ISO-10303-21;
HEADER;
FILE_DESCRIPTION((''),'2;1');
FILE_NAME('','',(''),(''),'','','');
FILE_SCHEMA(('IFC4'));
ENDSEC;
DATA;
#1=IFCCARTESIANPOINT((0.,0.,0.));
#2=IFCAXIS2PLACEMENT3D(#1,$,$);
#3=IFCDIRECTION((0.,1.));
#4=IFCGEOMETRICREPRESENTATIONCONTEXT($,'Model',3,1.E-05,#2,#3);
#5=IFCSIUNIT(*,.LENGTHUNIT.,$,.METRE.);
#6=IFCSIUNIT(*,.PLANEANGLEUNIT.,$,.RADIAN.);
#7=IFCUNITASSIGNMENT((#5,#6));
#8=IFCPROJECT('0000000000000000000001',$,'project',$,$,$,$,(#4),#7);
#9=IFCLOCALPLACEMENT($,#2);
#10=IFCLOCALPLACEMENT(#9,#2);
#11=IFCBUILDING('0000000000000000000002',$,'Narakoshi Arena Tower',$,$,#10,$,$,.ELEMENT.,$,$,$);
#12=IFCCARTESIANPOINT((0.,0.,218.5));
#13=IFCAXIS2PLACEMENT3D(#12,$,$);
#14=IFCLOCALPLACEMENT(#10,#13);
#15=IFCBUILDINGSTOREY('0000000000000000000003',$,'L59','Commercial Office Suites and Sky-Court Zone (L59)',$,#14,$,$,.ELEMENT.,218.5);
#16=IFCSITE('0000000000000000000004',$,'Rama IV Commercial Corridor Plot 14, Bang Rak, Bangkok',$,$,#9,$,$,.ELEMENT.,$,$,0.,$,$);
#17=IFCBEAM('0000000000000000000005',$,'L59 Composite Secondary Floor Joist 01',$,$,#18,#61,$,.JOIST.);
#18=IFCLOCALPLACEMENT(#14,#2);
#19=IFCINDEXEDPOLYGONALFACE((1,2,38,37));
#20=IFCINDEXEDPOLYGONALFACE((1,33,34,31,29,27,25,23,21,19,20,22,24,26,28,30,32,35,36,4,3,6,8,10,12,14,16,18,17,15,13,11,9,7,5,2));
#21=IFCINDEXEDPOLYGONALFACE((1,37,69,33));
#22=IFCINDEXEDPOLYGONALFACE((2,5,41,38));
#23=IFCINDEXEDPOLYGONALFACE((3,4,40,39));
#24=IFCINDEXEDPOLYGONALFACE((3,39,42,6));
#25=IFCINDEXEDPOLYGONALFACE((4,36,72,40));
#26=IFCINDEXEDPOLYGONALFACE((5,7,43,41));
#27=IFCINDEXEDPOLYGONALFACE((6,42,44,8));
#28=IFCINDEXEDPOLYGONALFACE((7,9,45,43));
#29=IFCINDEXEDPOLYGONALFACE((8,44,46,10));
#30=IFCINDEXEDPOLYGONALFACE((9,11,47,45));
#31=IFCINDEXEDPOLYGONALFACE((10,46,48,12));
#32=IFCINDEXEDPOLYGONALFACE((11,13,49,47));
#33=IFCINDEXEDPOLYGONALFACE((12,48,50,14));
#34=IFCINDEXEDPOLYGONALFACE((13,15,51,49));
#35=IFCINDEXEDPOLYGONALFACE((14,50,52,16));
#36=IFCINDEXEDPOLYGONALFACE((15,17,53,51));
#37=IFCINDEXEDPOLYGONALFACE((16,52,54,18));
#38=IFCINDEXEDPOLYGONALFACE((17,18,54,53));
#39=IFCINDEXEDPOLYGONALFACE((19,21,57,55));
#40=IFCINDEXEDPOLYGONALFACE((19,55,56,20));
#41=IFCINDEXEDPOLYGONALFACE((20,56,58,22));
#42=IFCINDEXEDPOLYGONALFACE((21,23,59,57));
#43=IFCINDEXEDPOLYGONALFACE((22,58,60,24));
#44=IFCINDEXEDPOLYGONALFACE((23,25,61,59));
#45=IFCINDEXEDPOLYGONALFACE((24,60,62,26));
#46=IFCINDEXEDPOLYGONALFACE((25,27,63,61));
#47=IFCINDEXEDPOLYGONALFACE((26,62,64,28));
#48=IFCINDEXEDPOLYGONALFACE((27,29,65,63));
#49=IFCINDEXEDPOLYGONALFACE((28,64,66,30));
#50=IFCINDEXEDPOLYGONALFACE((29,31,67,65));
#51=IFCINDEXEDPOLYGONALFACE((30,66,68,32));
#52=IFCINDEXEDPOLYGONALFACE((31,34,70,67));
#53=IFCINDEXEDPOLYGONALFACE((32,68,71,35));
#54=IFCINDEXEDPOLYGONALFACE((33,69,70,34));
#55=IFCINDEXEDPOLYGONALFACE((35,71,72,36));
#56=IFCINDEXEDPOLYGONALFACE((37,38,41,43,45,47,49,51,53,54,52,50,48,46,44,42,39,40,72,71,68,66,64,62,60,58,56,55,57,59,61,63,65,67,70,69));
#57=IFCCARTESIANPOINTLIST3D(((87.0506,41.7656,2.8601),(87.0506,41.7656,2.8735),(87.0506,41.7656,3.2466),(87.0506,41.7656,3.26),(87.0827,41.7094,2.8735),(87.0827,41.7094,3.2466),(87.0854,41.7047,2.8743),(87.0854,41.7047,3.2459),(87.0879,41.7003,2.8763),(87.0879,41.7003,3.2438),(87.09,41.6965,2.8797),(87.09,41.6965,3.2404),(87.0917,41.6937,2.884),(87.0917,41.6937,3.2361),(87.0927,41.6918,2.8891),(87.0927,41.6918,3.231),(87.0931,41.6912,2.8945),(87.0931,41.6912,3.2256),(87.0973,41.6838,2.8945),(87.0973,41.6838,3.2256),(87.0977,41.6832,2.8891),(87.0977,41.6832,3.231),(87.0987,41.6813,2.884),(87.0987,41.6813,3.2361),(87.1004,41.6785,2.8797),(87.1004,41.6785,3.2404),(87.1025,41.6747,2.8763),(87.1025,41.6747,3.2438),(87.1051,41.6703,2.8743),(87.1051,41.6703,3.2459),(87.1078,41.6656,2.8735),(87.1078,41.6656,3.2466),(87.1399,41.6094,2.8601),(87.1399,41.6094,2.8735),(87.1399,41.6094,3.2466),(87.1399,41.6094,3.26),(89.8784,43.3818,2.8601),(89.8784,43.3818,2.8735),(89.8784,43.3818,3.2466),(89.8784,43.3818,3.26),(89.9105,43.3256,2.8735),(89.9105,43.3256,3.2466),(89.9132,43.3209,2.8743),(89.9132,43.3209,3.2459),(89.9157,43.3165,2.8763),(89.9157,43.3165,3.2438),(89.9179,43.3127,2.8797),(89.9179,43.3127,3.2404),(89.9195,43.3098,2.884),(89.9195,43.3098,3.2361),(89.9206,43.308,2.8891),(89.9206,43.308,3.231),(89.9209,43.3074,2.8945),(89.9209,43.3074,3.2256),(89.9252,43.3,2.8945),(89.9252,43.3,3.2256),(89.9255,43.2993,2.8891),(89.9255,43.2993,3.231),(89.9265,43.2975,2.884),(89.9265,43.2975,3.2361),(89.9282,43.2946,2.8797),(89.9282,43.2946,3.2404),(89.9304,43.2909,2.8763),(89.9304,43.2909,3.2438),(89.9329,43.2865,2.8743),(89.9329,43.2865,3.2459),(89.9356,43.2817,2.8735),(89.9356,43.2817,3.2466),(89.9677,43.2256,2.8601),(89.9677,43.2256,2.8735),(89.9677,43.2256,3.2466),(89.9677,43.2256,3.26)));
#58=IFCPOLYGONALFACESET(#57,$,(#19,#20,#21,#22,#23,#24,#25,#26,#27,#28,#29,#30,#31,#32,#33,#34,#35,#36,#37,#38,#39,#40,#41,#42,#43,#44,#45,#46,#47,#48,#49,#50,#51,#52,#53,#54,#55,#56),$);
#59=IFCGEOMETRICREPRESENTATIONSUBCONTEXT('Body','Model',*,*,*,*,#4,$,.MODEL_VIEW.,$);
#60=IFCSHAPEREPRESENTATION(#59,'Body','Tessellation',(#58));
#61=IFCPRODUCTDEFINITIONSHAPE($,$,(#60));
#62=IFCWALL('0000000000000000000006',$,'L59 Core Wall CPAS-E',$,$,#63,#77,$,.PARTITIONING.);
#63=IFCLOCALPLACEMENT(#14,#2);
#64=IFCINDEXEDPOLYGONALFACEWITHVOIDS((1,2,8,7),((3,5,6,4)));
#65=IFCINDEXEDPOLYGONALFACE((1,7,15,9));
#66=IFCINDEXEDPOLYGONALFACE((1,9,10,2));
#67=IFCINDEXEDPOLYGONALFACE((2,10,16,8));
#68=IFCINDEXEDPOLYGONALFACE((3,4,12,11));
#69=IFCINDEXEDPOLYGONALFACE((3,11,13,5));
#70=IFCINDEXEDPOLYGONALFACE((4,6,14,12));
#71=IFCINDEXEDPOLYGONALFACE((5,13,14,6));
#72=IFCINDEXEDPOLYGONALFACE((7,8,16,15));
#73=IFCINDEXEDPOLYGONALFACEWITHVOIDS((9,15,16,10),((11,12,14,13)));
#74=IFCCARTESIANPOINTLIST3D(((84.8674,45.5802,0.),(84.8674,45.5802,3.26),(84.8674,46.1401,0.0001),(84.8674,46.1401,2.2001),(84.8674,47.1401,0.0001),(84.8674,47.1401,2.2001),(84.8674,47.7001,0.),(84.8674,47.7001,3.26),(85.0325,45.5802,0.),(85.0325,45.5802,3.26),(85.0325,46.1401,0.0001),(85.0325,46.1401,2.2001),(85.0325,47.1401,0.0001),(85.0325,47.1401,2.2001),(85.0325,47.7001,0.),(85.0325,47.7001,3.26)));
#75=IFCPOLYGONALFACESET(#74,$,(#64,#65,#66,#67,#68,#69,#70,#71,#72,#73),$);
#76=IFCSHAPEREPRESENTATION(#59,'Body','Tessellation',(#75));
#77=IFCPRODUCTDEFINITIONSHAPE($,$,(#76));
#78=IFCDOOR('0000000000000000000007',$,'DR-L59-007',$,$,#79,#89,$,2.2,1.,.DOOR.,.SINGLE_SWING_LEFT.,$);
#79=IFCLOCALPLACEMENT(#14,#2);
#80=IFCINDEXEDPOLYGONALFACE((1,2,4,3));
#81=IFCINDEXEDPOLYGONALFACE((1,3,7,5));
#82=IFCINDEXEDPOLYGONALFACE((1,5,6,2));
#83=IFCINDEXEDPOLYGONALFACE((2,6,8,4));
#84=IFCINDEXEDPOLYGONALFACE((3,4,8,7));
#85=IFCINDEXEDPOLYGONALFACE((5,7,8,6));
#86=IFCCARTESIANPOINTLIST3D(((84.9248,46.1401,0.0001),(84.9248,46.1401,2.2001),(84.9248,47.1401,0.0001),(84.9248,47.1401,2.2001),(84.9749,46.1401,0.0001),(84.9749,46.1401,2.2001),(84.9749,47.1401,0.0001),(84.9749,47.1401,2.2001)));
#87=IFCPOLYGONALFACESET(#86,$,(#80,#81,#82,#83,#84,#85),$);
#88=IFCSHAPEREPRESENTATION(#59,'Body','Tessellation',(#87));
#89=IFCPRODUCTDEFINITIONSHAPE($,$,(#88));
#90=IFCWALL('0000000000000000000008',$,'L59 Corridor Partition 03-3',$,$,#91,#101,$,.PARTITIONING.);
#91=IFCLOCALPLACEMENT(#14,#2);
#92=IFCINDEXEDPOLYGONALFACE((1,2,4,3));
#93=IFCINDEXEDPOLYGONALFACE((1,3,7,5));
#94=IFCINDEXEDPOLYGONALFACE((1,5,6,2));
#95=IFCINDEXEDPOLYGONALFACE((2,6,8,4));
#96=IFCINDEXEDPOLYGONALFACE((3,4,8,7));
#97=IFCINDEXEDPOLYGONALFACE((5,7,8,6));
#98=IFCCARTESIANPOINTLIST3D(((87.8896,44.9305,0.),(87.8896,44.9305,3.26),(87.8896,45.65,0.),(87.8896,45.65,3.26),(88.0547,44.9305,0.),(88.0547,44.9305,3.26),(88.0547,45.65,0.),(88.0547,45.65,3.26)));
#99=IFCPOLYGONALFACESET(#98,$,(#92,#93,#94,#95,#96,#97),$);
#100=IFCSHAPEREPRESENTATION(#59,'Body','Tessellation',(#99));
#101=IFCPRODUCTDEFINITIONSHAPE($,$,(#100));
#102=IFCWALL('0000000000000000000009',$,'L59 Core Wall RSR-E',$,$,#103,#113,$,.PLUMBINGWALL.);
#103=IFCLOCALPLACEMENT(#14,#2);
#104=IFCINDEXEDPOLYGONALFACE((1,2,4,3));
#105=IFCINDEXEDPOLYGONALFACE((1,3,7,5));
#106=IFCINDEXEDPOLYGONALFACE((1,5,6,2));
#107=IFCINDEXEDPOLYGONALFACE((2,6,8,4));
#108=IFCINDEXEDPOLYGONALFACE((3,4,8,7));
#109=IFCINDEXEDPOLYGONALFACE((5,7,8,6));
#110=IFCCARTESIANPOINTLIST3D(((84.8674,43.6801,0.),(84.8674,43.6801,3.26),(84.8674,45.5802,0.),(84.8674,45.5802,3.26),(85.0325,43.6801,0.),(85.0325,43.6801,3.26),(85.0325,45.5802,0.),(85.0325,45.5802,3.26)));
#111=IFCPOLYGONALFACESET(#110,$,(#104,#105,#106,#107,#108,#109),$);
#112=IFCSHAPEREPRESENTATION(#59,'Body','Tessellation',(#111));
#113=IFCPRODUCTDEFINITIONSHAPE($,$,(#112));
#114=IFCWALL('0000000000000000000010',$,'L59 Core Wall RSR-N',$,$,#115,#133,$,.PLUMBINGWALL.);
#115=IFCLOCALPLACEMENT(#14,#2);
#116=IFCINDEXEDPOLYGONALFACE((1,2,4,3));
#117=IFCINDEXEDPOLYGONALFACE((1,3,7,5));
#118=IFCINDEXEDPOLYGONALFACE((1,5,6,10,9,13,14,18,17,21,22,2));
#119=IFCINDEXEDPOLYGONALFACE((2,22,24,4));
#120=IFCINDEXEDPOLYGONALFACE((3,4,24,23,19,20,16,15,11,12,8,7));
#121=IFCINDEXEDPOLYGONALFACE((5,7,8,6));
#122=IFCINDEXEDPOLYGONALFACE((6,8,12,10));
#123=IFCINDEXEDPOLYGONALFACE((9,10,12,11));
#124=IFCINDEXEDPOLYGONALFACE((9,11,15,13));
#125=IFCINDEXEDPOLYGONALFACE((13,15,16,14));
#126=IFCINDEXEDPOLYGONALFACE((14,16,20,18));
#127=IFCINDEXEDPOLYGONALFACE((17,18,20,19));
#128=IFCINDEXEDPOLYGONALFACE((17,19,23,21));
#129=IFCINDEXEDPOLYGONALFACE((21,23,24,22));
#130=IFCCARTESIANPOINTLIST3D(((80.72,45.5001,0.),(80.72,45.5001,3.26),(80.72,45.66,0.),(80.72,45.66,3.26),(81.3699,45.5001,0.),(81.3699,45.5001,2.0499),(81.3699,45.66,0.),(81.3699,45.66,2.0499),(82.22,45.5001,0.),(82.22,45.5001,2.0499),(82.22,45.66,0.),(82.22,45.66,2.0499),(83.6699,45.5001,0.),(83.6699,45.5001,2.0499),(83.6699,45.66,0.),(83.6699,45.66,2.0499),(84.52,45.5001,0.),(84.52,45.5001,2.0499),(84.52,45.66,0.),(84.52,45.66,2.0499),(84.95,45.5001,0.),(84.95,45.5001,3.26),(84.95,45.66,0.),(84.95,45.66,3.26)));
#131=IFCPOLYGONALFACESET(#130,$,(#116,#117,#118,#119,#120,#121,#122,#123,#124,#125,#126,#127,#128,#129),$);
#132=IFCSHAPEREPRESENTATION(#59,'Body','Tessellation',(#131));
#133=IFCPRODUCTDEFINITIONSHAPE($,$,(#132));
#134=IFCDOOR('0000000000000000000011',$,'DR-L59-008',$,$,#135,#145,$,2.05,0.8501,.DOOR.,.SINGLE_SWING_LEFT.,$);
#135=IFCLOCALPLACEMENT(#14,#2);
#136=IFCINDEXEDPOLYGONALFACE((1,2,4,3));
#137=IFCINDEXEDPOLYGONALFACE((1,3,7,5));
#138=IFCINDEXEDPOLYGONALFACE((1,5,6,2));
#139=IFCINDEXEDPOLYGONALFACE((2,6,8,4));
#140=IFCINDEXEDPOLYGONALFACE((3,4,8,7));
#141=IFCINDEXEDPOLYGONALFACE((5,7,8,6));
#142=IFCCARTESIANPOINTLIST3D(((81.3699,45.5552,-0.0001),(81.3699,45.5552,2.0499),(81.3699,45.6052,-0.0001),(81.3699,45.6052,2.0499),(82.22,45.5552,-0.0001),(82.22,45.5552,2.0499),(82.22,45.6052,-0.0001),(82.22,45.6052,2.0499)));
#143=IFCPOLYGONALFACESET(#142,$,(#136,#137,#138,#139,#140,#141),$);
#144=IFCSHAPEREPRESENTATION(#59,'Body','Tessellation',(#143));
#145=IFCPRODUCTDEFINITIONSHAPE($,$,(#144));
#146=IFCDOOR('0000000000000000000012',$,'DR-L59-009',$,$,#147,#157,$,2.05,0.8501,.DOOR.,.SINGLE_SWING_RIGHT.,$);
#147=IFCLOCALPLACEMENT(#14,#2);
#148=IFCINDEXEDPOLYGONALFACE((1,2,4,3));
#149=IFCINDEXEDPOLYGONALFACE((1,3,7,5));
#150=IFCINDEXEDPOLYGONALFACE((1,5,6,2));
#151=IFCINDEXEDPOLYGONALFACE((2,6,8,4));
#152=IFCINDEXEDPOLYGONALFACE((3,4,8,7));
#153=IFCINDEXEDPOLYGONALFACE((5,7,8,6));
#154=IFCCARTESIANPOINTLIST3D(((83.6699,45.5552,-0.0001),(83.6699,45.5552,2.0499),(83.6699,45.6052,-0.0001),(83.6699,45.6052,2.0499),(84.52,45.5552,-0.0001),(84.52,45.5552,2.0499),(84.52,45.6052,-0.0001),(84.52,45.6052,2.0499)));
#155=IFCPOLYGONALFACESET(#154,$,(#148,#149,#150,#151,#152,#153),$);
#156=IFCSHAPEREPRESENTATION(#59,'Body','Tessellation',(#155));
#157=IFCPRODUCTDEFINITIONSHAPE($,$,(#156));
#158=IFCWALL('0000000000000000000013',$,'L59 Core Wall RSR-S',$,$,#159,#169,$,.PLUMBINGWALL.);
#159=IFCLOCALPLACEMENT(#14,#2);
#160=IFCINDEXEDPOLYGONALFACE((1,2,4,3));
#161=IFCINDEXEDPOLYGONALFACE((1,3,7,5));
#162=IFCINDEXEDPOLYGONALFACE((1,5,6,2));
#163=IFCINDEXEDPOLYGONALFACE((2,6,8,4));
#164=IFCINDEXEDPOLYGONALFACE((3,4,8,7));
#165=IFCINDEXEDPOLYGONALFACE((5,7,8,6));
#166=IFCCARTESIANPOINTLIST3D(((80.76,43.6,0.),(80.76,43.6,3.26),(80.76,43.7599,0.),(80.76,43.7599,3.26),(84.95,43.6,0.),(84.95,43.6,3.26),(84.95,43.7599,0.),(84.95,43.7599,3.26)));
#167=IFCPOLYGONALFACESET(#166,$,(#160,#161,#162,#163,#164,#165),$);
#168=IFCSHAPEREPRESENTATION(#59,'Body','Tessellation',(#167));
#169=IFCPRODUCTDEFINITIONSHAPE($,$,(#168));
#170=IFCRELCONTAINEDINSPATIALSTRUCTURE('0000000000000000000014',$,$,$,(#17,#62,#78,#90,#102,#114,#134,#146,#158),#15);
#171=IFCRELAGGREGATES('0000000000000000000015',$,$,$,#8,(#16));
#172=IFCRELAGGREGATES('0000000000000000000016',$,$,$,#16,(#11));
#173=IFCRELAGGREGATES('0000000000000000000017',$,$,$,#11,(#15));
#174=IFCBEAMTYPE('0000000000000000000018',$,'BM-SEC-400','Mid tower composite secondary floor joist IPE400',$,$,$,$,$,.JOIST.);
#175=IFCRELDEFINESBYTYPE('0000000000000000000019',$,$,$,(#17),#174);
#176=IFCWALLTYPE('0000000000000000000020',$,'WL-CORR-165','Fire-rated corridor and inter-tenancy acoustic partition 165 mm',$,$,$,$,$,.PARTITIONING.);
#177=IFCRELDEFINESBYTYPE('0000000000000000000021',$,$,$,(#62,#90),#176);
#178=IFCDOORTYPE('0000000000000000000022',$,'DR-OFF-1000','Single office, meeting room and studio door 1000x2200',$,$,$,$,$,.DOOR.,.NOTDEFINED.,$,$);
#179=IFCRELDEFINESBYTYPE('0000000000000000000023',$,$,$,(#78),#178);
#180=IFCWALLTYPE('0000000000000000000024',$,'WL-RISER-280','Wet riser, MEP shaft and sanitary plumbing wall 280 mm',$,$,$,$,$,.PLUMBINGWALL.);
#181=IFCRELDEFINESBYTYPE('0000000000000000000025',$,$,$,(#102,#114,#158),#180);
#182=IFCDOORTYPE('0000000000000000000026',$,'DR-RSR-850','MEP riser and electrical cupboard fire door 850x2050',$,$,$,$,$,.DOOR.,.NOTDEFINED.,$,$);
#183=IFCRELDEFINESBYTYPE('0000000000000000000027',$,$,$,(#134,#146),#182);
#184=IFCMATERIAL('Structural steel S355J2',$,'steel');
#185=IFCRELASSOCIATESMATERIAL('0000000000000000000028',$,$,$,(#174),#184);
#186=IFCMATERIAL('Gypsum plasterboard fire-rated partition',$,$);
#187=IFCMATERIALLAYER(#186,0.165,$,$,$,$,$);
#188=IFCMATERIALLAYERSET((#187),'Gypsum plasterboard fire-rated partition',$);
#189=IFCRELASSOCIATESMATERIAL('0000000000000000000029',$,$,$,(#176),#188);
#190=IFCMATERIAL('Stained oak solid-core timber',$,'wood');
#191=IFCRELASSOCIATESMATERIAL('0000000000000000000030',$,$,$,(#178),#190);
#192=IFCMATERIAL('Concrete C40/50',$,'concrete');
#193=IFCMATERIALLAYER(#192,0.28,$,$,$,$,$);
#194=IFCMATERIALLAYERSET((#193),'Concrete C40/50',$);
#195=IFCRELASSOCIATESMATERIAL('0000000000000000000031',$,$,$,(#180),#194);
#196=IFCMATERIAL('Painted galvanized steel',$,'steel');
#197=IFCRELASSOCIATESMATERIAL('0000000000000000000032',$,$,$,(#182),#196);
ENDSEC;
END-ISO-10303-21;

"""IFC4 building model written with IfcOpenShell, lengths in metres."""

from ifc_helpers import new_model, si_unit, direction, frame, frame_2d, origin, origin_2d, place, context, subcontext, project, spatial, rectangle, i_section, extrude, material, layer, layer_set, material_profile, profile_set, type_object, element, fill, save


model = new_model("IFC4")

# Units and contexts
model_context = context("Model", 3, precision=1e-05, world=origin(), true_north=direction((0.0, 1.0)))
body_context = subcontext(model_context, "Body", "Model", "MODEL_VIEW")
ifc_project = project(units=[si_unit("LENGTHUNIT", "METRE"), si_unit("PLANEANGLEUNIT", "RADIAN")], contexts=[model_context])

# Site, building, storey
site_placement = place(None, origin())
site = spatial("IfcSite", under=ifc_project, at=site_placement, Name="Rama IV Commercial Corridor Plot 14, Bang Rak, Bangkok", CompositionType="ELEMENT", RefElevation=0.0)
building_placement = place(site_placement, origin())
building = spatial("IfcBuilding", under=site, at=building_placement, Name="Narakoshi Arena Tower", CompositionType="ELEMENT")
storey_placement = place(building_placement, frame((0.0, 0.0, 218.5)))
storey = spatial("IfcBuildingStorey", under=building, at=storey_placement, Name="L59", Description="Commercial Office Suites and Sky-Court Zone (L59)", CompositionType="ELEMENT", Elevation=218.5)

# Beam
ifc_material_1 = material(Name="Structural steel S355J2", Category="steel")
ifc_material_profile_1 = material_profile(ifc_material_1, i_section(OverallWidth=0.1799, OverallDepth=0.3999, WebThickness=0.0085, FlangeThickness=0.0134, FilletRadius=0.021, at=origin_2d()), Name="IPE400")
ifc_profile_set_1 = profile_set([ifc_material_profile_1], Name="Structural steel S355J2")
beam_type_1 = type_object("IfcBeamType", Name="BM-SEC-400", Description="Mid tower composite secondary floor joist IPE400", PredefinedType="JOIST", material=ifc_profile_set_1)
beam_1_placement = place(storey_placement, frame((87.0952, 41.6875, 3.0601), z_axis=(0.868206, 0.496204, 0.0), x_axis=(-0.496204, 0.868206, 0.0)))
element("IfcBeam", 1, at=beam_1_placement, inside=storey, type_object=beam_type_1, Name="L59 Composite Secondary Floor Joist 01", PredefinedType="JOIST", context=body_context, shape_type="SweptSolid", body=[
    extrude(i_section(OverallWidth=0.1799, OverallDepth=0.3999, WebThickness=0.0085, FlangeThickness=0.0134, FilletRadius=0.021, at=origin_2d()), origin(), (0.0, 0.0, 1.0), 3.2571),
])

# Wall, opening, door
ifc_material_2 = material(Name="Gypsum plasterboard fire-rated partition")
ifc_layer_1 = layer(ifc_material_2, 0.165)
ifc_layer_set_1 = layer_set([ifc_layer_1], Name="Gypsum plasterboard fire-rated partition")
wall_type_1 = type_object("IfcWallType", Name="WL-CORR-165", Description="Fire-rated corridor and inter-tenancy acoustic partition 165 mm", PredefinedType="PARTITIONING", material=ifc_layer_set_1)
wall_1_placement = place(storey_placement, frame((84.95, 45.5801, 0.0), z_axis=(0.0, 0.0, 1.0), x_axis=(0.0, 1.0, 0.0)))
wall_1 = element("IfcWall", 2, at=wall_1_placement, inside=storey, type_object=wall_type_1, Name="L59 Core Wall CPAS-E", PredefinedType="PARTITIONING", context=body_context, shape_type="SweptSolid", body=[
    extrude(rectangle(XDim=2.1199, YDim=0.165, at=frame_2d((1.0601, 0.0))), origin(), (0.0, 0.0, 1.0), 3.26),
])
opening_1_placement = place(wall_1_placement, frame((0.5601, 0.0, 0.0)))
opening_1 = element("IfcOpeningElement", 3, at=opening_1_placement, cuts=wall_1, PredefinedType="OPENING", context=body_context, shape_type="SweptSolid", body=[
    extrude(rectangle(XDim=1.0, YDim=2.2, at=frame_2d((0.5, 1.1001))), frame((0.0, 0.0925, 0.0), z_axis=(0.0, -1.0, 0.0), x_axis=(1.0, 0.0, 0.0)), (0.0, 0.0, 1.0), 0.1851),
])
ifc_material_3 = material(Name="Stained oak solid-core timber", Category="wood")
door_type_1 = type_object("IfcDoorType", Name="DR-OFF-1000", Description="Single office, meeting room and studio door 1000x2200", OperationType="NOTDEFINED", PredefinedType="DOOR", material=ifc_material_3)
door_1_placement = place(opening_1_placement, frame((1.0, 0.0, 0.0), z_axis=(0.0, 0.0, 1.0), x_axis=(-1.0, 0.0, 0.0)))
door_1 = element("IfcDoor", 4, at=door_1_placement, inside=storey, type_object=door_type_1, Name="DR-L59-007", OperationType="SINGLE_SWING_LEFT", OverallHeight=2.2, OverallWidth=1.0, PredefinedType="DOOR", context=body_context, shape_type="SweptSolid", body=[
    extrude(rectangle(XDim=1.0, YDim=2.2, at=frame_2d((0.5, 1.1001))), frame((0.0, 0.0249, 0.0), z_axis=(0.0, -1.0, 0.0), x_axis=(1.0, 0.0, 0.0)), (0.0, 0.0, 1.0), 0.05),
])
fill(opening_1, door_1)

# Walls
wall_2_placement = place(storey_placement, frame((87.9722, 44.9304, 0.0), z_axis=(0.0, 0.0, 1.0), x_axis=(0.0, 1.0, 0.0)))
element("IfcWall", 5, at=wall_2_placement, inside=storey, type_object=wall_type_1, Name="L59 Corridor Partition 03-3", PredefinedType="PARTITIONING", context=body_context, shape_type="SweptSolid", body=[
    extrude(rectangle(XDim=0.7195, YDim=0.165, at=frame_2d((0.3599, 0.0))), origin(), (0.0, 0.0, 1.0), 3.26),
])
ifc_material_4 = material(Name="Concrete C40/50", Category="concrete")
ifc_layer_2 = layer(ifc_material_4, 0.28)
ifc_layer_set_2 = layer_set([ifc_layer_2], Name="Concrete C40/50")
wall_type_2 = type_object("IfcWallType", Name="WL-RISER-280", Description="Wet riser, MEP shaft and sanitary plumbing wall 280 mm", PredefinedType="PLUMBINGWALL", material=ifc_layer_set_2)
wall_3_placement = place(storey_placement, frame((84.95, 43.6799, 0.0), z_axis=(0.0, 0.0, 1.0), x_axis=(0.0, 1.0, 0.0)))
element("IfcWall", 6, at=wall_3_placement, inside=storey, type_object=wall_type_2, Name="L59 Core Wall RSR-E", PredefinedType="PLUMBINGWALL", context=body_context, shape_type="SweptSolid", body=[
    extrude(rectangle(XDim=1.9001, YDim=0.165, at=frame_2d((0.9502, 0.0))), origin(), (0.0, 0.0, 1.0), 3.26),
])

# Wall, openings, doors
wall_4_placement = place(storey_placement, frame((80.72, 45.5801, 0.0), z_axis=(0.0, 0.0, 1.0), x_axis=(1.0, 0.0, 0.0)))
wall_4 = element("IfcWall", 7, at=wall_4_placement, inside=storey, type_object=wall_type_2, Name="L59 Core Wall RSR-N", PredefinedType="PLUMBINGWALL", context=body_context, shape_type="SweptSolid", body=[
    extrude(rectangle(XDim=4.23, YDim=0.1599, at=frame_2d((2.115, 0.0))), origin(), (0.0, 0.0, 1.0), 3.26),
])
opening_2_placement = place(wall_4_placement, frame((0.6499, 0.0, 0.0)))
opening_2 = element("IfcOpeningElement", 8, at=opening_2_placement, cuts=wall_4, PredefinedType="OPENING", context=body_context, shape_type="SweptSolid", body=[
    extrude(rectangle(XDim=0.8501, YDim=2.05, at=frame_2d((0.425, 1.0249))), frame((0.0, 0.0898, 0.0), z_axis=(0.0, -1.0, 0.0), x_axis=(1.0, 0.0, 0.0)), (0.0, 0.0, 1.0), 0.1799),
])
opening_3_placement = place(wall_4_placement, frame((2.95, 0.0, 0.0)))
opening_3 = element("IfcOpeningElement", 9, at=opening_3_placement, cuts=wall_4, PredefinedType="OPENING", context=body_context, shape_type="SweptSolid", body=[
    extrude(rectangle(XDim=0.8501, YDim=2.05, at=frame_2d((0.425, 1.0249))), frame((0.0, 0.0898, 0.0), z_axis=(0.0, -1.0, 0.0), x_axis=(1.0, 0.0, 0.0)), (0.0, 0.0, 1.0), 0.1799),
])
ifc_material_5 = material(Name="Painted galvanized steel", Category="steel")
door_type_2 = type_object("IfcDoorType", Name="DR-RSR-850", Description="MEP riser and electrical cupboard fire door 850x2050", OperationType="NOTDEFINED", PredefinedType="DOOR", material=ifc_material_5)
door_2_placement = place(opening_2_placement, frame((0.8501, 0.0, 0.0), z_axis=(0.0, 0.0, 1.0), x_axis=(-1.0, 0.0, 0.0)))
door_2 = element("IfcDoor", 10, at=door_2_placement, inside=storey, type_object=door_type_2, Name="DR-L59-008", OperationType="SINGLE_SWING_LEFT", OverallHeight=2.05, OverallWidth=0.8501, PredefinedType="DOOR", context=body_context, shape_type="SweptSolid", body=[
    extrude(rectangle(XDim=0.8501, YDim=2.05, at=frame_2d((0.425, 1.0249))), frame((0.0, 0.0249, 0.0), z_axis=(0.0, -1.0, 0.0), x_axis=(1.0, 0.0, 0.0)), (0.0, 0.0, 1.0), 0.05),
])
fill(opening_2, door_2)
door_3_placement = place(opening_3_placement, frame((0.8501, 0.0, 0.0), z_axis=(0.0, 0.0, 1.0), x_axis=(-1.0, 0.0, 0.0)))
door_3 = element("IfcDoor", 11, at=door_3_placement, inside=storey, type_object=door_type_2, Name="DR-L59-009", OperationType="SINGLE_SWING_RIGHT", OverallHeight=2.05, OverallWidth=0.8501, PredefinedType="DOOR", context=body_context, shape_type="SweptSolid", body=[
    extrude(rectangle(XDim=0.8501, YDim=2.05, at=frame_2d((0.425, 1.0249))), frame((0.0, 0.0249, 0.0), z_axis=(0.0, -1.0, 0.0), x_axis=(1.0, 0.0, 0.0)), (0.0, 0.0, 1.0), 0.05),
])
fill(opening_3, door_3)

# Wall
wall_5_placement = place(storey_placement, frame((80.76, 43.6799, 0.0), z_axis=(0.0, 0.0, 1.0), x_axis=(1.0, 0.0, 0.0)))
element("IfcWall", 12, at=wall_5_placement, inside=storey, type_object=wall_type_2, Name="L59 Core Wall RSR-S", PredefinedType="PLUMBINGWALL", context=body_context, shape_type="SweptSolid", body=[
    extrude(rectangle(XDim=4.1899, YDim=0.1599, at=frame_2d((2.095, 0.0))), origin(), (0.0, 0.0, 1.0), 3.26),
])

save(model, "model.ifc")
